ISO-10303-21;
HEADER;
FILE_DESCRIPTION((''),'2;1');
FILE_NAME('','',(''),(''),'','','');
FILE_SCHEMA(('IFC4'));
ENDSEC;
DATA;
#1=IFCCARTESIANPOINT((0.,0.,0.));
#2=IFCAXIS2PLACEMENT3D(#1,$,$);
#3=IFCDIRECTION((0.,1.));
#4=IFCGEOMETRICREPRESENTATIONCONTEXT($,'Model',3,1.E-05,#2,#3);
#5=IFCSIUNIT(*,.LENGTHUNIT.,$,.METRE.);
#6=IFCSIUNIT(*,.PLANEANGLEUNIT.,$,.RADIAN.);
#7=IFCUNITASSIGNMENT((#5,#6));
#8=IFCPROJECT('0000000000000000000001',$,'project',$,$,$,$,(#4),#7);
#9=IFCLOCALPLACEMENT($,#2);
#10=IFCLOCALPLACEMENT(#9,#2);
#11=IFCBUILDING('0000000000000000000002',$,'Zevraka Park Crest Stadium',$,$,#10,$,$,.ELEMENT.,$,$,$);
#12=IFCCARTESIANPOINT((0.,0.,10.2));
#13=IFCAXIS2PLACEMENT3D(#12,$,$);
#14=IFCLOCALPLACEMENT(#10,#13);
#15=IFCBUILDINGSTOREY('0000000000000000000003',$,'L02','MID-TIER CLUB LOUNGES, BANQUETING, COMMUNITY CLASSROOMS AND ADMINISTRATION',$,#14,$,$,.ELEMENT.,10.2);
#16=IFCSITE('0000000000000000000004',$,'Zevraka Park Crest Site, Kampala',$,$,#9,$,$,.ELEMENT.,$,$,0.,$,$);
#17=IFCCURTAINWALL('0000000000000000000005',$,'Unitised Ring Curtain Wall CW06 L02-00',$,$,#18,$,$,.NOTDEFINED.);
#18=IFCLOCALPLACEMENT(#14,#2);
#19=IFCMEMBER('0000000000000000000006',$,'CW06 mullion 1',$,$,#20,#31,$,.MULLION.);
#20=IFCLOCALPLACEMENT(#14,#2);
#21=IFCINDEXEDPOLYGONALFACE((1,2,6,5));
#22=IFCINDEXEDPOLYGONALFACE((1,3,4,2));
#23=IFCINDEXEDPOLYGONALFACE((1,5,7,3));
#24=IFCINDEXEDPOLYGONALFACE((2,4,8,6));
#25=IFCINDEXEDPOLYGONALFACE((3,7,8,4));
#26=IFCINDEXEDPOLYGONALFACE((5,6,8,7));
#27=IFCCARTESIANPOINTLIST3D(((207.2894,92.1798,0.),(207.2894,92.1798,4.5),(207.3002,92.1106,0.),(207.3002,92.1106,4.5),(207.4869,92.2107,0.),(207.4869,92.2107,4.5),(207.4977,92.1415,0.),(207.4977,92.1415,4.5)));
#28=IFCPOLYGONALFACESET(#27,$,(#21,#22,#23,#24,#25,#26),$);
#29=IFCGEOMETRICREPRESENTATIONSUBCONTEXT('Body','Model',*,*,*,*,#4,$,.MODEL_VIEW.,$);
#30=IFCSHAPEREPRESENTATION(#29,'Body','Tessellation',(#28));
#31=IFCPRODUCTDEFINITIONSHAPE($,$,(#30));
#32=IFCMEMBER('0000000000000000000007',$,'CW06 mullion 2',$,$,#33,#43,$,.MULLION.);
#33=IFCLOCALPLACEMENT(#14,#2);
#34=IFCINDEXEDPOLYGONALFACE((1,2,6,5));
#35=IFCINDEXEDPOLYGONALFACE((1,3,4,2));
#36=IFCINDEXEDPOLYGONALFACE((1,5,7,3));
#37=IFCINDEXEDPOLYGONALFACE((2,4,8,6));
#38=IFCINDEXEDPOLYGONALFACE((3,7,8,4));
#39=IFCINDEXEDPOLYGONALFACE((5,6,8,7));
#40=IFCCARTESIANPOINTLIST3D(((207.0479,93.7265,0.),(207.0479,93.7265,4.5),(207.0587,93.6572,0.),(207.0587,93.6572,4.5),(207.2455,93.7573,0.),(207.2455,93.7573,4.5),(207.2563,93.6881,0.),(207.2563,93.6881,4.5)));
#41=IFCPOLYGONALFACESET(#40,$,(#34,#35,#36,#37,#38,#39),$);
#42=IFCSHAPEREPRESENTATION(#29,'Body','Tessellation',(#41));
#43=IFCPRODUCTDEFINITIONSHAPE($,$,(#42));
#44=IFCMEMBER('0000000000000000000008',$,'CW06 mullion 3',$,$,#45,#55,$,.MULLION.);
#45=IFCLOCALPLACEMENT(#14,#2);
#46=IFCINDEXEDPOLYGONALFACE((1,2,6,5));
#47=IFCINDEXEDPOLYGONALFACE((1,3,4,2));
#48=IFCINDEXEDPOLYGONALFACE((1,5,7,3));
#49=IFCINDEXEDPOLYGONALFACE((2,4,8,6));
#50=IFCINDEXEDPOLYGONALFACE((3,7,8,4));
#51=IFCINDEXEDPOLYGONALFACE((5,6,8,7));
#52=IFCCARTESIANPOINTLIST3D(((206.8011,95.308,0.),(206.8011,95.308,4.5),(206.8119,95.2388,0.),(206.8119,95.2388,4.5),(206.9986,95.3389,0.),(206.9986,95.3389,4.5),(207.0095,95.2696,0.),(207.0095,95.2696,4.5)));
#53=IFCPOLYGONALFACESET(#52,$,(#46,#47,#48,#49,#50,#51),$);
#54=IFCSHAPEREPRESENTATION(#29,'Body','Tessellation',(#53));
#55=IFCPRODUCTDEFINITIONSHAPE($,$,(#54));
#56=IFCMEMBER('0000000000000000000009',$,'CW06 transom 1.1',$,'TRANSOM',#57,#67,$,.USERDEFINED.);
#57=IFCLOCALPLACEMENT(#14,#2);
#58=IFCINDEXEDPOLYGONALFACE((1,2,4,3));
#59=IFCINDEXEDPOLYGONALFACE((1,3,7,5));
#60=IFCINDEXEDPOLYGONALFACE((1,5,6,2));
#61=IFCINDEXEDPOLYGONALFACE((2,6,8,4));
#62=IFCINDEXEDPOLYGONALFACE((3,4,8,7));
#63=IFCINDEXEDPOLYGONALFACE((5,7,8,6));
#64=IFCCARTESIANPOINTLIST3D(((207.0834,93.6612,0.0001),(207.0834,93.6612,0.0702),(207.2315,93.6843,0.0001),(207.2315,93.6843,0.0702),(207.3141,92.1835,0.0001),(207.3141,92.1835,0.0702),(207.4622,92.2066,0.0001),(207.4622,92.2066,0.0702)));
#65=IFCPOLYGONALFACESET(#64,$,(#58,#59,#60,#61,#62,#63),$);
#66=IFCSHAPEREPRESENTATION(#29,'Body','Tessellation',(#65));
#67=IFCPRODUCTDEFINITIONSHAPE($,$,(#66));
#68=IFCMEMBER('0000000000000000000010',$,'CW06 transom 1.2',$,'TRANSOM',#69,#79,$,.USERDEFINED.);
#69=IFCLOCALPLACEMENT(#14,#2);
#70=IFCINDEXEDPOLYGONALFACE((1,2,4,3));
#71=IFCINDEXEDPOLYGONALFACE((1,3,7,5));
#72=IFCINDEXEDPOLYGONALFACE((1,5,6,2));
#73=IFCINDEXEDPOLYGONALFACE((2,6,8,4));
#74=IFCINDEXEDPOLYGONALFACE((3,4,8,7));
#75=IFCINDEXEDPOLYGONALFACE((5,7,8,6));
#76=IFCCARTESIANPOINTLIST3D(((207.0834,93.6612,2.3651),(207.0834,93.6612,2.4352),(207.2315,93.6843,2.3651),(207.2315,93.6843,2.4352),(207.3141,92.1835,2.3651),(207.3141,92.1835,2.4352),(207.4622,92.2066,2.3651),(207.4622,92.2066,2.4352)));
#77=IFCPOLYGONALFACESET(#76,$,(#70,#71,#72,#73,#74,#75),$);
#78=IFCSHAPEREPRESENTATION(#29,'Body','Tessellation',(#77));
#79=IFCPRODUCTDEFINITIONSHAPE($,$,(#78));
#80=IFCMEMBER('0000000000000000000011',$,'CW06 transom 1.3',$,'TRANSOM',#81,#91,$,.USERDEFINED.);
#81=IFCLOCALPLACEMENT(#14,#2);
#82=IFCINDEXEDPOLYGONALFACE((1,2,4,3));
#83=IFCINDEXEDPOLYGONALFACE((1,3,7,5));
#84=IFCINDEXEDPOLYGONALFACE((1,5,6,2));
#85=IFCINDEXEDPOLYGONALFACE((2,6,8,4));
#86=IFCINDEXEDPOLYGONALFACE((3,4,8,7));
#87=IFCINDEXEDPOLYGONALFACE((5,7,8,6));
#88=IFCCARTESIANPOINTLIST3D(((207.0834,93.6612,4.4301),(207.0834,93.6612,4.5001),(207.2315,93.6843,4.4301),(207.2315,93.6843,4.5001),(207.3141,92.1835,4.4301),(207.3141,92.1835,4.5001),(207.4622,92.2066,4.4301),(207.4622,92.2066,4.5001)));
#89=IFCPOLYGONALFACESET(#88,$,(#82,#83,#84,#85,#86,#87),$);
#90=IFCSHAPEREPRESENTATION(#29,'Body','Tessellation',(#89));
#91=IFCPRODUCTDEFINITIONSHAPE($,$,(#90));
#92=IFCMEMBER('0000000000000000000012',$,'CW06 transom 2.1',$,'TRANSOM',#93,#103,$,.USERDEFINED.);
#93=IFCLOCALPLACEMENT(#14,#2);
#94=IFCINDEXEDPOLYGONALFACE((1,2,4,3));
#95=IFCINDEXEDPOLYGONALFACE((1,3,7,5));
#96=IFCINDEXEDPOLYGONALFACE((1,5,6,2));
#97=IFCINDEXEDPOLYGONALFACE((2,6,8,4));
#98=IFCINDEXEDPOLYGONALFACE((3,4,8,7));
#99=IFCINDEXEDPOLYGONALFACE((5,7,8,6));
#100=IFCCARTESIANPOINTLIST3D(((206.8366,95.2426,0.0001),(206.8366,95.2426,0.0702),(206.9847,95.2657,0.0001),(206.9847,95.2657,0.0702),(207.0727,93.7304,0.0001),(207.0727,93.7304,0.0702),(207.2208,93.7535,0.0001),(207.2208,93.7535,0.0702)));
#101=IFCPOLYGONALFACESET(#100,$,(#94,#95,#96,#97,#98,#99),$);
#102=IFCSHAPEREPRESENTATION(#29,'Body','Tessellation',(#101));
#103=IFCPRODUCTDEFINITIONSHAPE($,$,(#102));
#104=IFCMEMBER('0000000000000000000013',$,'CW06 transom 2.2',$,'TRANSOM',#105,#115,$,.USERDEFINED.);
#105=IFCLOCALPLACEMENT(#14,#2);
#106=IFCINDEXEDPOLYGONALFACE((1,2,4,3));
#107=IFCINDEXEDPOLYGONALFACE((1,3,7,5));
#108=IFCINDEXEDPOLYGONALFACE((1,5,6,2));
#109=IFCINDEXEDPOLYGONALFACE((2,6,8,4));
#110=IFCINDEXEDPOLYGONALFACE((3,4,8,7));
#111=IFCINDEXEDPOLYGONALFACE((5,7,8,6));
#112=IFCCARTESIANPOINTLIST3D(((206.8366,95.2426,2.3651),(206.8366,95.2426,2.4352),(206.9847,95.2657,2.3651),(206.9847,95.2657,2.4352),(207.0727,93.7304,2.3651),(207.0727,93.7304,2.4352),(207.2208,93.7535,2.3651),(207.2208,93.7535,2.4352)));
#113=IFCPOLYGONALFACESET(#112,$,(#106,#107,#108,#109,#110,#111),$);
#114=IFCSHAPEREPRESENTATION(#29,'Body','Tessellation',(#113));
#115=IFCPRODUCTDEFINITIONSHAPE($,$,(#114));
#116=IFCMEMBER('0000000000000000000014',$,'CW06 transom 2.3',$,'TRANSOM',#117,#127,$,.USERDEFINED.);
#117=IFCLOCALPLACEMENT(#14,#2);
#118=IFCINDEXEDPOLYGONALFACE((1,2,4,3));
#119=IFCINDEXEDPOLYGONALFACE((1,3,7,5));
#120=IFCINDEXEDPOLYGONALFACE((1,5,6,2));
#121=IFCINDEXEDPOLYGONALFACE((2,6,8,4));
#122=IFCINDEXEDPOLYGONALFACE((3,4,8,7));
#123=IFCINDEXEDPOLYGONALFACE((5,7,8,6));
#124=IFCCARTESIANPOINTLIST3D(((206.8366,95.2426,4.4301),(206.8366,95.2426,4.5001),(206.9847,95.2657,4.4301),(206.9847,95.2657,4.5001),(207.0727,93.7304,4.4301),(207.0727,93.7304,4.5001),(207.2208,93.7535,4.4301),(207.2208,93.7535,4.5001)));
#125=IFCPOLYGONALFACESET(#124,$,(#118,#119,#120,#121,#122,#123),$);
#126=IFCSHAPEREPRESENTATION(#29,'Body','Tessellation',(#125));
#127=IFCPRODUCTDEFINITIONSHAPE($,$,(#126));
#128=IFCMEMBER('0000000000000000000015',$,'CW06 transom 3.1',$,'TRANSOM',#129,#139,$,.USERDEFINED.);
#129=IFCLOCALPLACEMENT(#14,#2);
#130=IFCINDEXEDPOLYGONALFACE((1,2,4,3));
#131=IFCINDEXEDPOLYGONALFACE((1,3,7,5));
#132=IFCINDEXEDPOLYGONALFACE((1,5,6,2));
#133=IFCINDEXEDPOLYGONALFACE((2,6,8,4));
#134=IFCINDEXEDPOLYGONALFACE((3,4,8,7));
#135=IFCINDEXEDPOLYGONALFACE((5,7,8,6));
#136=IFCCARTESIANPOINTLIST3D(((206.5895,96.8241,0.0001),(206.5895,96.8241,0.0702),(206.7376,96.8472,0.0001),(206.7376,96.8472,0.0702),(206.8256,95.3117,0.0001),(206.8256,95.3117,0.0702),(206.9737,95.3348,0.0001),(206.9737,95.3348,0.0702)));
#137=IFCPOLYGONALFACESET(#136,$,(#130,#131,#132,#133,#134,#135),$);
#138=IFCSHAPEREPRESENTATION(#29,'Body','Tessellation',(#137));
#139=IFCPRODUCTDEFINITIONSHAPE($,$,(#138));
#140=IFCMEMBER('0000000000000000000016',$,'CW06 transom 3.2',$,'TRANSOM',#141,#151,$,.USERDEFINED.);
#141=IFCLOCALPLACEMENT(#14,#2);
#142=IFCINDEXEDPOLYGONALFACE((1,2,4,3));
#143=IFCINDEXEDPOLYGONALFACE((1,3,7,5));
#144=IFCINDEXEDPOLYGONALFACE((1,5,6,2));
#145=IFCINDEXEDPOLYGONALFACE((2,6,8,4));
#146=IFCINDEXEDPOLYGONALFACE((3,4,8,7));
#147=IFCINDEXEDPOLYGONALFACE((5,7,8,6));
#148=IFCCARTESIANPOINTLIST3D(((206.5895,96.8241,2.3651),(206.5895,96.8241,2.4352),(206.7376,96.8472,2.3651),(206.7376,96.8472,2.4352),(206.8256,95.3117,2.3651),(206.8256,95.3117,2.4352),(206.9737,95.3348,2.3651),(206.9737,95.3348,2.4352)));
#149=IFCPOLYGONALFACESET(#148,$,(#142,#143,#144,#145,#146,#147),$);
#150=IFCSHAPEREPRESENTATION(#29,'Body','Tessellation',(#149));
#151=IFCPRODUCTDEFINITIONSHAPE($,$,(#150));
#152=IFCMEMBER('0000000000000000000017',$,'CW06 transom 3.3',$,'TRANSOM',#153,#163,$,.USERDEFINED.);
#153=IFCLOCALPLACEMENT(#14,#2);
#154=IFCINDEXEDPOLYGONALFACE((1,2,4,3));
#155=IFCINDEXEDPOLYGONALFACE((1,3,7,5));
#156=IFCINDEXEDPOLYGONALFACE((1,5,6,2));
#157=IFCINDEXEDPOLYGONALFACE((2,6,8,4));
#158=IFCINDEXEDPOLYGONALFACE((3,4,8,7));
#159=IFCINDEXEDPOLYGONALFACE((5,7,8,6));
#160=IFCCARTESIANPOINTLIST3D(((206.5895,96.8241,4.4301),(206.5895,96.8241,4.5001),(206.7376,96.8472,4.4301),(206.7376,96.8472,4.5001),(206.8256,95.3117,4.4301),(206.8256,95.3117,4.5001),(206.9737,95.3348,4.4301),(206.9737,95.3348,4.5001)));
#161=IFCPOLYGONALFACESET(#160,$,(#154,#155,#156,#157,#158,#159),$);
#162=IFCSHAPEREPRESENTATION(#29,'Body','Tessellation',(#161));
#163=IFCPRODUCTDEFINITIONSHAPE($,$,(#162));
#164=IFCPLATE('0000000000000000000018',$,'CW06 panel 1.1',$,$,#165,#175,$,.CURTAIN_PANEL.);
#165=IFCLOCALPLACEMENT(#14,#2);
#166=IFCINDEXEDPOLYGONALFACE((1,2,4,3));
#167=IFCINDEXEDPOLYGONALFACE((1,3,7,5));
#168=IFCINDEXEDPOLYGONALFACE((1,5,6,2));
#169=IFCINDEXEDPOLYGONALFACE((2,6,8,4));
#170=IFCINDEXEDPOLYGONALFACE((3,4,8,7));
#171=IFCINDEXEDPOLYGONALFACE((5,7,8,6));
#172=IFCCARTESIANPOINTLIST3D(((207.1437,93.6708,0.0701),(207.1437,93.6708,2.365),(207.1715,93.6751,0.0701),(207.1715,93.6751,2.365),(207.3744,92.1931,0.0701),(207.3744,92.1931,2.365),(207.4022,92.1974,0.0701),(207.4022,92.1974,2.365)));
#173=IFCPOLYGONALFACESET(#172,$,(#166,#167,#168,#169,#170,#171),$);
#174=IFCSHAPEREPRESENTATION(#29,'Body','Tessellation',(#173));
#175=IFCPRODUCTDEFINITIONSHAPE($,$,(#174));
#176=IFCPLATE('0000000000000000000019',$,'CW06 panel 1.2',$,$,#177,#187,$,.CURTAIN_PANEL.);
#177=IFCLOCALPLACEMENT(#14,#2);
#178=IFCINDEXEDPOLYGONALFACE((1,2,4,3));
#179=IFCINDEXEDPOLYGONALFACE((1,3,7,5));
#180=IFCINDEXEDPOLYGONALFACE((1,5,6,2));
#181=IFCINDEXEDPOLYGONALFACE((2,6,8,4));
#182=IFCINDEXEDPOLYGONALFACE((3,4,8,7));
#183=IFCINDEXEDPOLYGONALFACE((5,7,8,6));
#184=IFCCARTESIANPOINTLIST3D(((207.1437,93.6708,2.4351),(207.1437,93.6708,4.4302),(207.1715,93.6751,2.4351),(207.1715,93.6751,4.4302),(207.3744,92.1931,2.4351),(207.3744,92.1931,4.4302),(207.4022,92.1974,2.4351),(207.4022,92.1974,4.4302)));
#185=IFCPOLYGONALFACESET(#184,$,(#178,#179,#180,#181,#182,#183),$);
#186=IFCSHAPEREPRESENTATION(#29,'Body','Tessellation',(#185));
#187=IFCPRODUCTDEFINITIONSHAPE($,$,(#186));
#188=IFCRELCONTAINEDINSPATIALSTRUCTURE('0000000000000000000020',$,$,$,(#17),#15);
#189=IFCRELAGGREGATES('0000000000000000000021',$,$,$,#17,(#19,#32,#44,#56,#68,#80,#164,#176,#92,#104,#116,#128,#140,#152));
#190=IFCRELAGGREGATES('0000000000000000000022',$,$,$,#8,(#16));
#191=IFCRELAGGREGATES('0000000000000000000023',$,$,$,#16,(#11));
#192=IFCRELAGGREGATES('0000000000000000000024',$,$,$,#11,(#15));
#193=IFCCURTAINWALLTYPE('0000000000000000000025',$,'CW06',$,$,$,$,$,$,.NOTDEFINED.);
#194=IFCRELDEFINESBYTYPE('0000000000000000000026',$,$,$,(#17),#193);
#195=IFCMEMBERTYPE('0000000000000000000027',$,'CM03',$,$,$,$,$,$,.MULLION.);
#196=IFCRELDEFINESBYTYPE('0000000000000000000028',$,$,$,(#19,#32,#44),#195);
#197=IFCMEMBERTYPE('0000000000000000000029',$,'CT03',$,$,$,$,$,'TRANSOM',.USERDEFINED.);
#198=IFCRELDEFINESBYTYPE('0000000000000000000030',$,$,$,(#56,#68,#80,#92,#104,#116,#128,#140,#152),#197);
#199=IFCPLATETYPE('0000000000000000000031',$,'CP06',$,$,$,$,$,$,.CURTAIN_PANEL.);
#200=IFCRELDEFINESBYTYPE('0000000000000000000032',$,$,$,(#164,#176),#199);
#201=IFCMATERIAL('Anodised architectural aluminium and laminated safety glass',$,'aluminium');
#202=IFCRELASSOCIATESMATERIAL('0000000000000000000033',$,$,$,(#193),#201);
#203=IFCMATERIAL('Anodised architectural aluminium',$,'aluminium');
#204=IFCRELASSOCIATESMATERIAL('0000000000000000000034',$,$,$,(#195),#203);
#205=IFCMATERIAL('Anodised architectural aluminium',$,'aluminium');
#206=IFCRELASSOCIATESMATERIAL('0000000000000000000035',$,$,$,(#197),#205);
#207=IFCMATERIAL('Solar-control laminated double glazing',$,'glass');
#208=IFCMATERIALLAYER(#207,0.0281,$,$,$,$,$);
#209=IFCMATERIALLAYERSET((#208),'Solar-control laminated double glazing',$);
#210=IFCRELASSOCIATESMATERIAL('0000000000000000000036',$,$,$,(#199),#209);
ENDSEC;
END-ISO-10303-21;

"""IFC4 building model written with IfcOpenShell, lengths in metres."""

from ifc_helpers import new_model, si_unit, direction, frame, origin, origin_2d, place, context, subcontext, project, spatial, rectangle, extrude, material, layer, layer_set, material_profile, profile_set, type_object, element, aggregate, save


model = new_model("IFC4")

# Units and contexts
model_context = context("Model", 3, precision=1e-05, world=origin(), true_north=direction((0.0, 1.0)))
body_context = subcontext(model_context, "Body", "Model", "MODEL_VIEW")
ifc_project = project(units=[si_unit("LENGTHUNIT", "METRE"), si_unit("PLANEANGLEUNIT", "RADIAN")], contexts=[model_context])

# Site, building, storey
site_placement = place(None, origin())
site = spatial("IfcSite", under=ifc_project, at=site_placement, Name="Zevraka Park Crest Site, Kampala", CompositionType="ELEMENT", RefElevation=0.0)
building_placement = place(site_placement, origin())
building = spatial("IfcBuilding", under=site, at=building_placement, Name="Zevraka Park Crest Stadium", CompositionType="ELEMENT")
storey_placement = place(building_placement, frame((0.0, 0.0, 10.2)))
storey = spatial("IfcBuildingStorey", under=building, at=storey_placement, Name="L02", Description="MID-TIER CLUB LOUNGES, BANQUETING, COMMUNITY CLASSROOMS AND ADMINISTRATION", CompositionType="ELEMENT", Elevation=10.2)

# Curtain wall, members, plates
ifc_material_1 = material(Name="Anodised architectural aluminium and laminated safety glass", Category="aluminium")
curtain_wall_type = type_object("IfcCurtainWallType", Name="CW06", PredefinedType="NOTDEFINED", material=ifc_material_1)
curtain_wall_placement = place(storey_placement, origin())
curtain_wall = element("IfcCurtainWall", 1, at=curtain_wall_placement, inside=storey, type_object=curtain_wall_type, Name="Unitised Ring Curtain Wall CW06 L02-00", PredefinedType="NOTDEFINED")
ifc_material_2 = material(Name="Anodised architectural aluminium", Category="aluminium")
ifc_material_profile_1 = material_profile(ifc_material_2, rectangle(XDim=0.2, YDim=0.0701, at=origin_2d()), Name="ALU MULLION 200x70")
ifc_profile_set_1 = profile_set([ifc_material_profile_1], Name="Anodised architectural aluminium")
member_type_1 = type_object("IfcMemberType", Name="CM03", PredefinedType="MULLION", material=ifc_profile_set_1)
member_1_placement = place(storey_placement, frame((207.3936, 92.1606, 0.0), z_axis=(0.0, 0.0, 1.0), x_axis=(-0.988028, -0.154274, 0.0)))
member_1 = element("IfcMember", 2, at=member_1_placement, type_object=member_type_1, Name="CW06 mullion 1", PredefinedType="MULLION", context=body_context, shape_type="SweptSolid", body=[
    extrude(rectangle(XDim=0.2, YDim=0.0701, at=origin_2d()), origin(), (0.0, 0.0, 1.0), 4.5),
])
member_2_placement = place(storey_placement, frame((207.1521, 93.7073, 0.0), z_axis=(0.0, 0.0, 1.0), x_axis=(-0.988028, -0.154274, 0.0)))
member_2 = element("IfcMember", 3, at=member_2_placement, type_object=member_type_1, Name="CW06 mullion 2", PredefinedType="MULLION", context=body_context, shape_type="SweptSolid", body=[
    extrude(rectangle(XDim=0.2, YDim=0.0701, at=origin_2d()), origin(), (0.0, 0.0, 1.0), 4.5),
])
member_3_placement = place(storey_placement, frame((206.9053, 95.2888, 0.0), z_axis=(0.0, 0.0, 1.0), x_axis=(-0.988028, -0.154274, 0.0)))
member_3 = element("IfcMember", 4, at=member_3_placement, type_object=member_type_1, Name="CW06 mullion 3", PredefinedType="MULLION", context=body_context, shape_type="SweptSolid", body=[
    extrude(rectangle(XDim=0.2, YDim=0.0701, at=origin_2d()), origin(), (0.0, 0.0, 1.0), 4.5),
])
ifc_material_3 = material(Name="Anodised architectural aluminium", Category="aluminium")
ifc_material_profile_2 = material_profile(ifc_material_3, rectangle(XDim=0.1499, YDim=0.0701, at=origin_2d()), Name="ALU TRANSOM 150x70")
ifc_profile_set_2 = profile_set([ifc_material_profile_2], Name="Anodised architectural aluminium")
member_type_2 = type_object("IfcMemberType", Name="CT03", ElementType="TRANSOM", PredefinedType="USERDEFINED", material=ifc_profile_set_2)
member_4_placement = place(storey_placement, frame((207.3882, 92.1951, 0.0352), z_axis=(-0.154252, 0.988031, 0.0), x_axis=(-0.988031, -0.154252, 0.0)))
member_4 = element("IfcMember", 5, at=member_4_placement, type_object=member_type_2, Name="CW06 transom 1.1", ObjectType="TRANSOM", PredefinedType="USERDEFINED", context=body_context, shape_type="SweptSolid", body=[
    extrude(rectangle(XDim=0.1499, YDim=0.0701, at=origin_2d()), origin(), (0.0, 0.0, 1.0), 1.4956),
])
member_5_placement = place(storey_placement, frame((207.3882, 92.1951, 2.4001), z_axis=(-0.154252, 0.988031, 0.0), x_axis=(-0.988031, -0.154252, 0.0)))
member_5 = element("IfcMember", 6, at=member_5_placement, type_object=member_type_2, Name="CW06 transom 1.2", ObjectType="TRANSOM", PredefinedType="USERDEFINED", context=body_context, shape_type="SweptSolid", body=[
    extrude(rectangle(XDim=0.1499, YDim=0.0701, at=origin_2d()), origin(), (0.0, 0.0, 1.0), 1.4956),
])
member_6_placement = place(storey_placement, frame((207.3882, 92.1951, 4.4651), z_axis=(-0.154252, 0.988031, 0.0), x_axis=(-0.988031, -0.154252, 0.0)))
member_6 = element("IfcMember", 7, at=member_6_placement, type_object=member_type_2, Name="CW06 transom 1.3", ObjectType="TRANSOM", PredefinedType="USERDEFINED", context=body_context, shape_type="SweptSolid", body=[
    extrude(rectangle(XDim=0.1499, YDim=0.0701, at=origin_2d()), origin(), (0.0, 0.0, 1.0), 1.4956),
])
member_7_placement = place(storey_placement, frame((207.1467, 93.7419, 0.0352), z_axis=(-0.15425, 0.988032, 0.0), x_axis=(-0.988032, -0.15425, 0.0)))
member_7 = element("IfcMember", 8, at=member_7_placement, type_object=member_type_2, Name="CW06 transom 2.1", ObjectType="TRANSOM", PredefinedType="USERDEFINED", context=body_context, shape_type="SweptSolid", body=[
    extrude(rectangle(XDim=0.1499, YDim=0.0701, at=origin_2d()), origin(), (0.0, 0.0, 1.0), 1.5305),
])
member_8_placement = place(storey_placement, frame((207.1467, 93.7419, 2.4001), z_axis=(-0.15425, 0.988032, 0.0), x_axis=(-0.988032, -0.15425, 0.0)))
member_8 = element("IfcMember", 9, at=member_8_placement, type_object=member_type_2, Name="CW06 transom 2.2", ObjectType="TRANSOM", PredefinedType="USERDEFINED", context=body_context, shape_type="SweptSolid", body=[
    extrude(rectangle(XDim=0.1499, YDim=0.0701, at=origin_2d()), origin(), (0.0, 0.0, 1.0), 1.5305),
])
member_9_placement = place(storey_placement, frame((207.1467, 93.7419, 4.4651), z_axis=(-0.15425, 0.988032, 0.0), x_axis=(-0.988032, -0.15425, 0.0)))
member_9 = element("IfcMember", 10, at=member_9_placement, type_object=member_type_2, Name="CW06 transom 2.3", ObjectType="TRANSOM", PredefinedType="USERDEFINED", context=body_context, shape_type="SweptSolid", body=[
    extrude(rectangle(XDim=0.1499, YDim=0.0701, at=origin_2d()), origin(), (0.0, 0.0, 1.0), 1.5305),
])
member_10_placement = place(storey_placement, frame((206.8997, 95.3232, 0.0352), z_axis=(-0.154226, 0.988036, 0.0), x_axis=(-0.988036, -0.154226, 0.0)))
member_10 = element("IfcMember", 11, at=member_10_placement, type_object=member_type_2, Name="CW06 transom 3.1", ObjectType="TRANSOM", PredefinedType="USERDEFINED", context=body_context, shape_type="SweptSolid", body=[
    extrude(rectangle(XDim=0.1499, YDim=0.0701, at=origin_2d()), origin(), (0.0, 0.0, 1.0), 1.5308),
])
member_11_placement = place(storey_placement, frame((206.8997, 95.3232, 2.4001), z_axis=(-0.154226, 0.988036, 0.0), x_axis=(-0.988036, -0.154226, 0.0)))
member_11 = element("IfcMember", 12, at=member_11_placement, type_object=member_type_2, Name="CW06 transom 3.2", ObjectType="TRANSOM", PredefinedType="USERDEFINED", context=body_context, shape_type="SweptSolid", body=[
    extrude(rectangle(XDim=0.1499, YDim=0.0701, at=origin_2d()), origin(), (0.0, 0.0, 1.0), 1.5308),
])
member_12_placement = place(storey_placement, frame((206.8997, 95.3232, 4.4651), z_axis=(-0.154226, 0.988036, 0.0), x_axis=(-0.988036, -0.154226, 0.0)))
member_12 = element("IfcMember", 13, at=member_12_placement, type_object=member_type_2, Name="CW06 transom 3.3", ObjectType="TRANSOM", PredefinedType="USERDEFINED", context=body_context, shape_type="SweptSolid", body=[
    extrude(rectangle(XDim=0.1499, YDim=0.0701, at=origin_2d()), origin(), (0.0, 0.0, 1.0), 1.5308),
])
ifc_material_4 = material(Name="Solar-control laminated double glazing", Category="glass")
ifc_layer_1 = layer(ifc_material_4, 0.0281)
ifc_layer_set_1 = layer_set([ifc_layer_1], Name="Solar-control laminated double glazing")
plate_type = type_object("IfcPlateType", Name="CP06", PredefinedType="CURTAIN_PANEL", material=ifc_layer_set_1)
plate_1_placement = place(storey_placement, frame((207.2729, 92.9341, 0.0701), z_axis=(0.0, 0.0, 1.0), x_axis=(-0.154274, 0.988028, 0.0)))
plate_1 = element("IfcPlate", 14, at=plate_1_placement, type_object=plate_type, Name="CW06 panel 1.1", PredefinedType="CURTAIN_PANEL", context=body_context, shape_type="SweptSolid", body=[
    extrude(rectangle(XDim=1.4956, YDim=0.0281, at=origin_2d()), origin(), (0.0, 0.0, 1.0), 2.2949),
])
plate_2_placement = place(storey_placement, frame((207.2729, 92.9341, 2.4351), z_axis=(0.0, 0.0, 1.0), x_axis=(-0.154274, 0.988028, 0.0)))
plate_2 = element("IfcPlate", 15, at=plate_2_placement, type_object=plate_type, Name="CW06 panel 1.2", PredefinedType="CURTAIN_PANEL", context=body_context, shape_type="SweptSolid", body=[
    extrude(rectangle(XDim=1.4956, YDim=0.0281, at=origin_2d()), origin(), (0.0, 0.0, 1.0), 1.9951),
])
aggregate(curtain_wall, [member_1, member_2, member_3, member_4, member_5, member_6, plate_1, plate_2, member_7, member_8, member_9, member_10, member_11, member_12])

save(model, "model.ifc")
